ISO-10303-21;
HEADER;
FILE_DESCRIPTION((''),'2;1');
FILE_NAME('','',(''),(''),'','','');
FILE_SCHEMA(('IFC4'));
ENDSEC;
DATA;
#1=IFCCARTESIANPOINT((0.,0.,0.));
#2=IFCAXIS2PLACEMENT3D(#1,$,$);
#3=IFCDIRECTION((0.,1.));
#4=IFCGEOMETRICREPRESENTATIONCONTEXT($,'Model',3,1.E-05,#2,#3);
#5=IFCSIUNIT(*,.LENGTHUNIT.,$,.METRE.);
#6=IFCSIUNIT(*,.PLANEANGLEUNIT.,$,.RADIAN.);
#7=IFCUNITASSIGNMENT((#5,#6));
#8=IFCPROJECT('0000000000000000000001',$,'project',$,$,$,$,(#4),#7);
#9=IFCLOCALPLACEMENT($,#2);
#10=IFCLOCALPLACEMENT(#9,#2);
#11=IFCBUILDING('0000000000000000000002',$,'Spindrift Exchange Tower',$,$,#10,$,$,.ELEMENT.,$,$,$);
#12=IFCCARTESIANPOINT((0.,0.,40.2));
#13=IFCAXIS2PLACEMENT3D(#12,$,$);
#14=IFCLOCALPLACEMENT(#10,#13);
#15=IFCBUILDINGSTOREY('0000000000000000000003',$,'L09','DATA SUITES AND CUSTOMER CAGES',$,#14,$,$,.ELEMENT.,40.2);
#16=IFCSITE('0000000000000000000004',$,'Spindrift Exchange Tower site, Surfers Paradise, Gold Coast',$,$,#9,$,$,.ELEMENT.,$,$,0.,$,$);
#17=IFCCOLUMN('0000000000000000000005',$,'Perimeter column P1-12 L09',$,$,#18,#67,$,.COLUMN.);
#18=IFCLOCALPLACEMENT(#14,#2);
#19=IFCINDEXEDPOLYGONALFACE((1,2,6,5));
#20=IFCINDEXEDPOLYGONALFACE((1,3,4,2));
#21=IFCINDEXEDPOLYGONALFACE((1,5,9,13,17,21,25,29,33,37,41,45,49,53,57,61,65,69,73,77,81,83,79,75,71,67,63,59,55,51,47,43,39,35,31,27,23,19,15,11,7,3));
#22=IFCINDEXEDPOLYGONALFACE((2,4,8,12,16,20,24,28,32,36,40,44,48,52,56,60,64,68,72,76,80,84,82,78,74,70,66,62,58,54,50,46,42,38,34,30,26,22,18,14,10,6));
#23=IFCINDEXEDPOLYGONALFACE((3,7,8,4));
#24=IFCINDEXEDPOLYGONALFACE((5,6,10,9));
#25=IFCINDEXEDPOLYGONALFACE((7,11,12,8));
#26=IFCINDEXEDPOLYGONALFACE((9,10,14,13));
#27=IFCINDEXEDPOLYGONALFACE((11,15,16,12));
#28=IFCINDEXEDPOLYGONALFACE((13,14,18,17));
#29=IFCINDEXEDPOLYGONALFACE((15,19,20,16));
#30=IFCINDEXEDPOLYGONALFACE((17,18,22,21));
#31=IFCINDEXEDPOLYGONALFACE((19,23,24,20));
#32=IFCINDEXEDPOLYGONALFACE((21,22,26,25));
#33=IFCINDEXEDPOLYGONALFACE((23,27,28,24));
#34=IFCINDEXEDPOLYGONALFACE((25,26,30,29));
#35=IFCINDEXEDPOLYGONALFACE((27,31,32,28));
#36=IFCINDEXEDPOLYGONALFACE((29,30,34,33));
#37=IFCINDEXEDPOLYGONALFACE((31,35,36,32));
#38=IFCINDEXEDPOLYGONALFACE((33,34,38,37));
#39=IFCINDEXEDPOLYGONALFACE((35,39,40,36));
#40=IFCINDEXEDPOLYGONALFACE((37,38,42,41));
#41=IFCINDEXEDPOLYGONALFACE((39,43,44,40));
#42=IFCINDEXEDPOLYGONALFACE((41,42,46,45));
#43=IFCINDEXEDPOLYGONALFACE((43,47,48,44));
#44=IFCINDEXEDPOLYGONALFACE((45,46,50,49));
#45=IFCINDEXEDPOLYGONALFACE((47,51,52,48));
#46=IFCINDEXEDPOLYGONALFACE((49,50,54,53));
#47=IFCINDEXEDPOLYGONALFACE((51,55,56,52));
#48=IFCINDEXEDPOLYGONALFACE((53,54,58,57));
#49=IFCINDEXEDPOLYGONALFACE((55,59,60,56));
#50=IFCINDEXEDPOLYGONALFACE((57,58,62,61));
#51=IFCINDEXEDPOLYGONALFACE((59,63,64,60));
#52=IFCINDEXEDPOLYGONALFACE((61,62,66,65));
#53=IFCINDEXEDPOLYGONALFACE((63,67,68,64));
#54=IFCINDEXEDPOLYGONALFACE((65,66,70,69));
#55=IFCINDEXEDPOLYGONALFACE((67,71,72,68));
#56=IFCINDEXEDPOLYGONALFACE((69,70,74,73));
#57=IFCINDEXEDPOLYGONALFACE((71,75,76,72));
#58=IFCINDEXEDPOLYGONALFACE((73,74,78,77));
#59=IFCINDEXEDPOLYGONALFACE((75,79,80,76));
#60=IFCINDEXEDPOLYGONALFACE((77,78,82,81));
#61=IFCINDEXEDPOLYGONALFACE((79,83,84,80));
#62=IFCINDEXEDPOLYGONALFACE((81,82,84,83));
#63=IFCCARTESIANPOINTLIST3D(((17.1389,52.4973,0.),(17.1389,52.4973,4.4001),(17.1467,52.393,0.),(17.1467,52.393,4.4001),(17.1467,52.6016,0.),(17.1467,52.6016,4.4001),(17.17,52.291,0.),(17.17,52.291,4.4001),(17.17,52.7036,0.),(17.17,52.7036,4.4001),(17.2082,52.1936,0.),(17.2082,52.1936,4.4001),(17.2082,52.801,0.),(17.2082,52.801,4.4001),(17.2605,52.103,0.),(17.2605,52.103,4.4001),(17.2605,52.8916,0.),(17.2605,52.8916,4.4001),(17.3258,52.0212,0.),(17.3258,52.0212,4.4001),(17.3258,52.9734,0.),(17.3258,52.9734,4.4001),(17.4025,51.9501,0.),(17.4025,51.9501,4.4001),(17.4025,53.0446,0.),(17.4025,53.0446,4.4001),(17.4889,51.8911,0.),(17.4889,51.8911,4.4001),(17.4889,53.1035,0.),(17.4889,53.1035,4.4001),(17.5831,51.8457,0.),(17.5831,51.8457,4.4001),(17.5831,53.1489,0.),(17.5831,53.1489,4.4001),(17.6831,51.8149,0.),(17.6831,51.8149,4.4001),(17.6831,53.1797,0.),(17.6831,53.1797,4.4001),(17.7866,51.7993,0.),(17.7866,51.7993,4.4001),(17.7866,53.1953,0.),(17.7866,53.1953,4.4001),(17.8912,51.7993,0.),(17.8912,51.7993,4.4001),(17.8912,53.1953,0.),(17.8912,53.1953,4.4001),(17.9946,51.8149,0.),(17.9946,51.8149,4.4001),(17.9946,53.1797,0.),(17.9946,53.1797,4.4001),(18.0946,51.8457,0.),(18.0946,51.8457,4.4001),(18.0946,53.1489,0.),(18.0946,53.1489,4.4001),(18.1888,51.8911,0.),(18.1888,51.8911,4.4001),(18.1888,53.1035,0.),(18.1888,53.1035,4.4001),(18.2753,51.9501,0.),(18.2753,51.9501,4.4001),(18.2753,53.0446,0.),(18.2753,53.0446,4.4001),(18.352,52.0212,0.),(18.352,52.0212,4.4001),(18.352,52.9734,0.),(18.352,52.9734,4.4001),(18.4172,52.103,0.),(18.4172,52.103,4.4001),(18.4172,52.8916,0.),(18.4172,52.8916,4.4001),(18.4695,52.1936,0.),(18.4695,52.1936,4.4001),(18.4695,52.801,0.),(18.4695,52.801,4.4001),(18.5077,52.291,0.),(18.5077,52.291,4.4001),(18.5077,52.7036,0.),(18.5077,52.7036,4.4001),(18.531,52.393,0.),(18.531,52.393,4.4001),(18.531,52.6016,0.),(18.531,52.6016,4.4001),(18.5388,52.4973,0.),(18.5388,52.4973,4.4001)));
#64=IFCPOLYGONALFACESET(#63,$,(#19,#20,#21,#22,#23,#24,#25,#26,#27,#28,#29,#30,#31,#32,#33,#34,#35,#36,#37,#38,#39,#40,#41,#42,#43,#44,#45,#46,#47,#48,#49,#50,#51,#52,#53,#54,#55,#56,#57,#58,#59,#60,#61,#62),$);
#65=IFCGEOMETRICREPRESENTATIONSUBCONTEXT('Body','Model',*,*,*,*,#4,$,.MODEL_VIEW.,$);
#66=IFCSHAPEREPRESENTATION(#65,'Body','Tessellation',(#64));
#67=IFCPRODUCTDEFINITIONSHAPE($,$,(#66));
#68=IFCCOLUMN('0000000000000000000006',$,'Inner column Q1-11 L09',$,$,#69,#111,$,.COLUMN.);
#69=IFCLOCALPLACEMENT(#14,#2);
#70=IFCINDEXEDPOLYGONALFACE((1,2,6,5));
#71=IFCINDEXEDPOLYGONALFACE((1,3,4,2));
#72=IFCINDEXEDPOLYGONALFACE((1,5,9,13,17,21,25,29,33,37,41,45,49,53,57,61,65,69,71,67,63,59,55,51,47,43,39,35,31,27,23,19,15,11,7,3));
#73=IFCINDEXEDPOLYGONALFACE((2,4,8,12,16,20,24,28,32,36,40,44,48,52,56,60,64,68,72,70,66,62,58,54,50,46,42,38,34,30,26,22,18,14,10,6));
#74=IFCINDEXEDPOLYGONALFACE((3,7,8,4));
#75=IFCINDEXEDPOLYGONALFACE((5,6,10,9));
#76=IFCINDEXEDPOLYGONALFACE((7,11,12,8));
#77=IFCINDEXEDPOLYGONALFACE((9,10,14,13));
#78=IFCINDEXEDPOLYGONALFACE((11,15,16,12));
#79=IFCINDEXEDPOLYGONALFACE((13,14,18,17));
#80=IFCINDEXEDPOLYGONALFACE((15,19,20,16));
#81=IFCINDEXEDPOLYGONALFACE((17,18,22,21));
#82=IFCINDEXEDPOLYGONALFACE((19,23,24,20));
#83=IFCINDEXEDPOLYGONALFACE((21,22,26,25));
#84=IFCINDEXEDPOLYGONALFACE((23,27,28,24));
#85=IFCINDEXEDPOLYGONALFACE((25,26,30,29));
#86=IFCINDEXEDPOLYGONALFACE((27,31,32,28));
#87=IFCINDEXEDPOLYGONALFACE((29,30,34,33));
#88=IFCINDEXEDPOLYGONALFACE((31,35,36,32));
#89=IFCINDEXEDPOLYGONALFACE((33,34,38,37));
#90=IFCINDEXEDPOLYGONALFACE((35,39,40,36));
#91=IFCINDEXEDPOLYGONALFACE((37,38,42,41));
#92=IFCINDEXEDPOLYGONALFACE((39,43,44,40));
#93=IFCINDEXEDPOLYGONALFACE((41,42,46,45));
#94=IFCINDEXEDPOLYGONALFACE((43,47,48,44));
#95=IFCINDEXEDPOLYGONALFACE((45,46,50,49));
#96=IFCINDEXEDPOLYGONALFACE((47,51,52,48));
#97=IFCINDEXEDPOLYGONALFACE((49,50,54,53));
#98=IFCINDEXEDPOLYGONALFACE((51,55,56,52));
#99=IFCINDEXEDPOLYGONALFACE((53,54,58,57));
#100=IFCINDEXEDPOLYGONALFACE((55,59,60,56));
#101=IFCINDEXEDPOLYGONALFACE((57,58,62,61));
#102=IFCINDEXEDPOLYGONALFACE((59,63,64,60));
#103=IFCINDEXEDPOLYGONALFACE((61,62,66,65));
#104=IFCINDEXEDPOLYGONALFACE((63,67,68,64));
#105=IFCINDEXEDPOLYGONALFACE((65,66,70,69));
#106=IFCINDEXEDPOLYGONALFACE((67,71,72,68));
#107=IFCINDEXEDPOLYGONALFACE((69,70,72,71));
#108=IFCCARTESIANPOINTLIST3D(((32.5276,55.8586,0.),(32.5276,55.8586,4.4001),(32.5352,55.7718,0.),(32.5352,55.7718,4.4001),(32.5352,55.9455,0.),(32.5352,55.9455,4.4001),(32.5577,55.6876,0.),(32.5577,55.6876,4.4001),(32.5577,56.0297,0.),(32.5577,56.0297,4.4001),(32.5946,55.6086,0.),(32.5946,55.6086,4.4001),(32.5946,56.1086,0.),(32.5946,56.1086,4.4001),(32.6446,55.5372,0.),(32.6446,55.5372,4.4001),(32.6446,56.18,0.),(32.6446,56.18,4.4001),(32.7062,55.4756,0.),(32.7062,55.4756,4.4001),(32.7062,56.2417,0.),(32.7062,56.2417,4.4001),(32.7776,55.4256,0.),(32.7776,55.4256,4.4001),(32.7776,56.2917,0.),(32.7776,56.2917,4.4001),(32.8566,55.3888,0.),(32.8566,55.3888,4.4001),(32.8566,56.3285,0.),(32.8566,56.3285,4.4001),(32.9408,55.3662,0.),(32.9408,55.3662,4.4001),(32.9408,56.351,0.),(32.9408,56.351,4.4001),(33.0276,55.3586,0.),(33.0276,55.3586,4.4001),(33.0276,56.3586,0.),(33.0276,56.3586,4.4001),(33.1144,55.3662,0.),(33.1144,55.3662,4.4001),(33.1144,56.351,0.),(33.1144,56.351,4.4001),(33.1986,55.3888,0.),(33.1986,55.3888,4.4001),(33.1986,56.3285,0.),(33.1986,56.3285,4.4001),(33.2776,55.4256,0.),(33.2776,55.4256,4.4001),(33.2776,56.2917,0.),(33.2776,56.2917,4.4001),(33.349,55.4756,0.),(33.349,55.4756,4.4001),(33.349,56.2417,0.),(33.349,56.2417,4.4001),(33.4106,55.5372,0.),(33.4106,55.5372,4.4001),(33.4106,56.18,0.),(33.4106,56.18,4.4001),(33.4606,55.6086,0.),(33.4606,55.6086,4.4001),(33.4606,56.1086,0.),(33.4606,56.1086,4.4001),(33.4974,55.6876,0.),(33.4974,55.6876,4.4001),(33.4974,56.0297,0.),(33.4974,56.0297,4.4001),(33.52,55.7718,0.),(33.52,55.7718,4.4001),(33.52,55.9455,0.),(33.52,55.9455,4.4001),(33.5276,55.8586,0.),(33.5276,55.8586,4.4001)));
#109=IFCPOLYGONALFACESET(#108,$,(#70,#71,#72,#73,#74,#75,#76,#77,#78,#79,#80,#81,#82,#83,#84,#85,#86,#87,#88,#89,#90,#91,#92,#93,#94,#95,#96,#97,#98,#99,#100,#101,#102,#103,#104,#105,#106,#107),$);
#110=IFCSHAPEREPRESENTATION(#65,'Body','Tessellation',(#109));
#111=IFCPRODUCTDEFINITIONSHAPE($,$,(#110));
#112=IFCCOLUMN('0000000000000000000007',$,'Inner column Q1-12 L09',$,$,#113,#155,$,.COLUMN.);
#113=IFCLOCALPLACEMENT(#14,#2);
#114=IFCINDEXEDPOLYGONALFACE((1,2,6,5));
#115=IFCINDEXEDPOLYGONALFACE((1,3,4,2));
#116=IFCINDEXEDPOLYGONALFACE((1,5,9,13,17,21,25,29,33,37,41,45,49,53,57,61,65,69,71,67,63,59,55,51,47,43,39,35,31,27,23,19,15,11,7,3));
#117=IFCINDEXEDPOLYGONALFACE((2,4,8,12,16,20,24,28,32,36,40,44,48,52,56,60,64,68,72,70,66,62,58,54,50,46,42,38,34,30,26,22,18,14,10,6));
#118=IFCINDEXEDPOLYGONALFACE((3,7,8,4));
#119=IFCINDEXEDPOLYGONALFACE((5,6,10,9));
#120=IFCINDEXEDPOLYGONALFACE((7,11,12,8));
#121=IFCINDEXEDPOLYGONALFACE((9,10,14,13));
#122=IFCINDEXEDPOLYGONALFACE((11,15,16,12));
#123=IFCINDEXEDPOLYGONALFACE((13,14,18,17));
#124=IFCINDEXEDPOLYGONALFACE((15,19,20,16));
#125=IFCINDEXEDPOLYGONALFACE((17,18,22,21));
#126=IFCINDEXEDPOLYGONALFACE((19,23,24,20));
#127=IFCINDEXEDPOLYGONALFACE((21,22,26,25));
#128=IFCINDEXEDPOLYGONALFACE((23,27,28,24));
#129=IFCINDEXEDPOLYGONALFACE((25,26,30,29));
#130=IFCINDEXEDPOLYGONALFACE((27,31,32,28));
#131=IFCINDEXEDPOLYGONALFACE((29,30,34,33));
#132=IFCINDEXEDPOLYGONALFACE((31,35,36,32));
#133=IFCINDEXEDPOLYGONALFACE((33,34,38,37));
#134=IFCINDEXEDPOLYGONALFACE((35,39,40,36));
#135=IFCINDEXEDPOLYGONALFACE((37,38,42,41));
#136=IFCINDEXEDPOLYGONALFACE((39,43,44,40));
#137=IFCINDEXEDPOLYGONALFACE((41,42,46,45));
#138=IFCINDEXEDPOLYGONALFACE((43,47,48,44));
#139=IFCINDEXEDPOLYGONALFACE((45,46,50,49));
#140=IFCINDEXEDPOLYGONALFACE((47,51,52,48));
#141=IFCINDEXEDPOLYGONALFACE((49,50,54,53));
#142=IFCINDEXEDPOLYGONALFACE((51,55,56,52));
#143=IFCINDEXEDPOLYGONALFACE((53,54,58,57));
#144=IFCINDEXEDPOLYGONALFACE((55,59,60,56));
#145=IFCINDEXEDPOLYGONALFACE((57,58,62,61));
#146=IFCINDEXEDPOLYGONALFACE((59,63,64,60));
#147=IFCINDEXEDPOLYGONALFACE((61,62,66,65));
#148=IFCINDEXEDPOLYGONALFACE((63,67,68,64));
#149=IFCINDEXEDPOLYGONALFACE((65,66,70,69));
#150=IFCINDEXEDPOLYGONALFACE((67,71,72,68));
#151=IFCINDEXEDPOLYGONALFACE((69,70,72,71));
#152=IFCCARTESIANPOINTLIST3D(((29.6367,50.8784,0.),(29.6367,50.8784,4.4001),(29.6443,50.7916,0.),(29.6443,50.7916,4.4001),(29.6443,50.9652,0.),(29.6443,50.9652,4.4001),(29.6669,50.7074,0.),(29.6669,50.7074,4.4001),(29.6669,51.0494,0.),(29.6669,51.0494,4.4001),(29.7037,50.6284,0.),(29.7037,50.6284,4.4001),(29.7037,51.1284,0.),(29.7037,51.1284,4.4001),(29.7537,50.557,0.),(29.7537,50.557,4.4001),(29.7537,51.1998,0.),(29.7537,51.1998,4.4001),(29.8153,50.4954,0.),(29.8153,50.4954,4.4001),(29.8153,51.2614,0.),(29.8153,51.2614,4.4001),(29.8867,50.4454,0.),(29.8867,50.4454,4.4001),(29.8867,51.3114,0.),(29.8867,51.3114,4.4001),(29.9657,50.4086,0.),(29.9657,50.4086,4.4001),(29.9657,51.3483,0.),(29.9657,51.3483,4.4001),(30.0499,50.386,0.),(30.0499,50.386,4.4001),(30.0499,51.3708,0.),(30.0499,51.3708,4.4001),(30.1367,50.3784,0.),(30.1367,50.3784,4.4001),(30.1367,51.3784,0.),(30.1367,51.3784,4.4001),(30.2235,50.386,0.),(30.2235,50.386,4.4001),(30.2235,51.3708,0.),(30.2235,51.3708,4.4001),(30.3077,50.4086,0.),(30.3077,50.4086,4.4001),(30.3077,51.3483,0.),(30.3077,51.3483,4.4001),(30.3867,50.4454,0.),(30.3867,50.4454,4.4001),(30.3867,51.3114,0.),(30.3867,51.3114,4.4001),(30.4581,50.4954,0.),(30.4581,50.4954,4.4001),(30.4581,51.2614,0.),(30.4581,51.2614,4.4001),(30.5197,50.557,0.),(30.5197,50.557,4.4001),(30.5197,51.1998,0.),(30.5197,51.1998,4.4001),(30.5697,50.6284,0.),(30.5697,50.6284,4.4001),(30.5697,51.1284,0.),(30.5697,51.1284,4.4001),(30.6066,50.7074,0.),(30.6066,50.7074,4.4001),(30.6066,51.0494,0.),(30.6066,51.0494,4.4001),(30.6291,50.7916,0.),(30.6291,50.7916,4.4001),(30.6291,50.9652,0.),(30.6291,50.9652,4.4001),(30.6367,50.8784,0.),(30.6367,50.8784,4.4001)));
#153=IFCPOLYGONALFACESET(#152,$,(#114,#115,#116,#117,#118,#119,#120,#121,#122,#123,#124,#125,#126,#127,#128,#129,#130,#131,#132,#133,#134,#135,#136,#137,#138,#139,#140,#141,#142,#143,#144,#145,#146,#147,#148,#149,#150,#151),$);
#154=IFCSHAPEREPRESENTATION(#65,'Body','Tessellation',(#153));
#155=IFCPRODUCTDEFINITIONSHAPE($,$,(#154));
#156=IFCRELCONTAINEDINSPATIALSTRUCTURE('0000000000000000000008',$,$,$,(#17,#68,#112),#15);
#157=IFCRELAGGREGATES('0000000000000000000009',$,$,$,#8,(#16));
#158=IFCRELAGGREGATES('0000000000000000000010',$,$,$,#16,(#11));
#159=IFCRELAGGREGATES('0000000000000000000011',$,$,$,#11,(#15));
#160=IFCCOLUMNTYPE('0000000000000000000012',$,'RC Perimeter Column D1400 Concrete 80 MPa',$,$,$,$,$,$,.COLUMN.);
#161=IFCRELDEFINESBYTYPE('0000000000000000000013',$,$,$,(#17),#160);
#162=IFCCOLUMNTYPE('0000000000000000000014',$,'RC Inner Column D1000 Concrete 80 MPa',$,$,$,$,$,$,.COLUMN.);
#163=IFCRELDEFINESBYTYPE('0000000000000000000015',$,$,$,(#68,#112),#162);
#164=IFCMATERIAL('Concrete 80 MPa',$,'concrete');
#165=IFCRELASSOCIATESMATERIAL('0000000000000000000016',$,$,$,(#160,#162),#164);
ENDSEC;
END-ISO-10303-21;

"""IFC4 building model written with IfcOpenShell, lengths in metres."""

from ifc_helpers import new_model, si_unit, direction, frame, origin, origin_2d, place, context, subcontext, project, spatial, circle, extrude, source, transform, mapped, material, material_profile, profile_set, type_object, element, save


model = new_model("IFC4")

# Units and contexts
model_context = context("Model", 3, precision=1e-05, world=origin(), true_north=direction((0.0, 1.0)))
body_context = subcontext(model_context, "Body", "Model", "MODEL_VIEW")
ifc_project = project(units=[si_unit("LENGTHUNIT", "METRE"), si_unit("PLANEANGLEUNIT", "RADIAN")], contexts=[model_context])

# Site, building, storey
site_placement = place(None, origin())
site = spatial("IfcSite", under=ifc_project, at=site_placement, Name="Spindrift Exchange Tower site, Surfers Paradise, Gold Coast", CompositionType="ELEMENT", RefElevation=0.0)
building_placement = place(site_placement, origin())
building = spatial("IfcBuilding", under=site, at=building_placement, Name="Spindrift Exchange Tower", CompositionType="ELEMENT")
storey_placement = place(building_placement, frame((0.0, 0.0, 40.2)))
storey = spatial("IfcBuildingStorey", under=building, at=storey_placement, Name="L09", Description="DATA SUITES AND CUSTOMER CAGES", CompositionType="ELEMENT", Elevation=40.2)

# Columns
ifc_material_1 = material(Name="Concrete 80 MPa", Category="concrete")
ifc_material_profile_1 = material_profile(ifc_material_1, circle(Radius=0.7, at=origin_2d()), Name="RC D1400")
ifc_profile_set_1 = profile_set([ifc_material_profile_1], Name="Concrete 80 MPa")
column_type_1 = type_object("IfcColumnType", Name="RC Perimeter Column D1400 Concrete 80 MPa", PredefinedType="COLUMN", material=ifc_profile_set_1)
shared_shape_1 = source(origin(), body_context, "Body", "SweptSolid", [
    extrude(circle(Radius=0.7, at=origin_2d()), origin(), (0.0, 0.0, 1.0), 4.4001),
])
column_placement = place(storey_placement, frame((17.8389, 52.4973, 0.0), z_axis=(0.0, 0.0, 1.0), x_axis=(1.0, 0.0, 0.0)))
element("IfcColumn", 1, at=column_placement, inside=storey, type_object=column_type_1, Name="Perimeter column P1-12 L09", PredefinedType="COLUMN", context=body_context, shape_type="MappedRepresentation", body=[
    mapped(shared_shape_1, transform((0.0, 0.0, 0.0), scale=1.0)),
])
ifc_material_profile_2 = material_profile(ifc_material_1, circle(Radius=0.5, at=origin_2d()), Name="RC D1000")
ifc_profile_set_2 = profile_set([ifc_material_profile_2], Name="Concrete 80 MPa")
column_type_2 = type_object("IfcColumnType", Name="RC Inner Column D1000 Concrete 80 MPa", PredefinedType="COLUMN", material=ifc_profile_set_2)
shared_shape_2 = source(origin(), body_context, "Body", "SweptSolid", [
    extrude(circle(Radius=0.5, at=origin_2d()), origin(), (0.0, 0.0, 1.0), 4.4001),
])
for number, where, z_axis, x_axis, name in (
    (2, (33.0276, 55.8586, 0.0), (0.0, 0.0, 1.0), (1.0, 0.0, 0.0), "Inner column Q1-11 L09"),
    (3, (30.1367, 50.8784, 0.0), (0.0, 0.0, 1.0), (1.0, 0.0, 0.0), "Inner column Q1-12 L09"),
):
    element("IfcColumn", number, at=place(storey_placement, frame(where, z_axis=z_axis, x_axis=x_axis)), inside=storey, type_object=column_type_2, Name=name, PredefinedType="COLUMN", context=body_context, shape_type="MappedRepresentation", body=[
        mapped(shared_shape_2, transform((0.0, 0.0, 0.0), scale=1.0)),
    ])

save(model, "model.ifc")
